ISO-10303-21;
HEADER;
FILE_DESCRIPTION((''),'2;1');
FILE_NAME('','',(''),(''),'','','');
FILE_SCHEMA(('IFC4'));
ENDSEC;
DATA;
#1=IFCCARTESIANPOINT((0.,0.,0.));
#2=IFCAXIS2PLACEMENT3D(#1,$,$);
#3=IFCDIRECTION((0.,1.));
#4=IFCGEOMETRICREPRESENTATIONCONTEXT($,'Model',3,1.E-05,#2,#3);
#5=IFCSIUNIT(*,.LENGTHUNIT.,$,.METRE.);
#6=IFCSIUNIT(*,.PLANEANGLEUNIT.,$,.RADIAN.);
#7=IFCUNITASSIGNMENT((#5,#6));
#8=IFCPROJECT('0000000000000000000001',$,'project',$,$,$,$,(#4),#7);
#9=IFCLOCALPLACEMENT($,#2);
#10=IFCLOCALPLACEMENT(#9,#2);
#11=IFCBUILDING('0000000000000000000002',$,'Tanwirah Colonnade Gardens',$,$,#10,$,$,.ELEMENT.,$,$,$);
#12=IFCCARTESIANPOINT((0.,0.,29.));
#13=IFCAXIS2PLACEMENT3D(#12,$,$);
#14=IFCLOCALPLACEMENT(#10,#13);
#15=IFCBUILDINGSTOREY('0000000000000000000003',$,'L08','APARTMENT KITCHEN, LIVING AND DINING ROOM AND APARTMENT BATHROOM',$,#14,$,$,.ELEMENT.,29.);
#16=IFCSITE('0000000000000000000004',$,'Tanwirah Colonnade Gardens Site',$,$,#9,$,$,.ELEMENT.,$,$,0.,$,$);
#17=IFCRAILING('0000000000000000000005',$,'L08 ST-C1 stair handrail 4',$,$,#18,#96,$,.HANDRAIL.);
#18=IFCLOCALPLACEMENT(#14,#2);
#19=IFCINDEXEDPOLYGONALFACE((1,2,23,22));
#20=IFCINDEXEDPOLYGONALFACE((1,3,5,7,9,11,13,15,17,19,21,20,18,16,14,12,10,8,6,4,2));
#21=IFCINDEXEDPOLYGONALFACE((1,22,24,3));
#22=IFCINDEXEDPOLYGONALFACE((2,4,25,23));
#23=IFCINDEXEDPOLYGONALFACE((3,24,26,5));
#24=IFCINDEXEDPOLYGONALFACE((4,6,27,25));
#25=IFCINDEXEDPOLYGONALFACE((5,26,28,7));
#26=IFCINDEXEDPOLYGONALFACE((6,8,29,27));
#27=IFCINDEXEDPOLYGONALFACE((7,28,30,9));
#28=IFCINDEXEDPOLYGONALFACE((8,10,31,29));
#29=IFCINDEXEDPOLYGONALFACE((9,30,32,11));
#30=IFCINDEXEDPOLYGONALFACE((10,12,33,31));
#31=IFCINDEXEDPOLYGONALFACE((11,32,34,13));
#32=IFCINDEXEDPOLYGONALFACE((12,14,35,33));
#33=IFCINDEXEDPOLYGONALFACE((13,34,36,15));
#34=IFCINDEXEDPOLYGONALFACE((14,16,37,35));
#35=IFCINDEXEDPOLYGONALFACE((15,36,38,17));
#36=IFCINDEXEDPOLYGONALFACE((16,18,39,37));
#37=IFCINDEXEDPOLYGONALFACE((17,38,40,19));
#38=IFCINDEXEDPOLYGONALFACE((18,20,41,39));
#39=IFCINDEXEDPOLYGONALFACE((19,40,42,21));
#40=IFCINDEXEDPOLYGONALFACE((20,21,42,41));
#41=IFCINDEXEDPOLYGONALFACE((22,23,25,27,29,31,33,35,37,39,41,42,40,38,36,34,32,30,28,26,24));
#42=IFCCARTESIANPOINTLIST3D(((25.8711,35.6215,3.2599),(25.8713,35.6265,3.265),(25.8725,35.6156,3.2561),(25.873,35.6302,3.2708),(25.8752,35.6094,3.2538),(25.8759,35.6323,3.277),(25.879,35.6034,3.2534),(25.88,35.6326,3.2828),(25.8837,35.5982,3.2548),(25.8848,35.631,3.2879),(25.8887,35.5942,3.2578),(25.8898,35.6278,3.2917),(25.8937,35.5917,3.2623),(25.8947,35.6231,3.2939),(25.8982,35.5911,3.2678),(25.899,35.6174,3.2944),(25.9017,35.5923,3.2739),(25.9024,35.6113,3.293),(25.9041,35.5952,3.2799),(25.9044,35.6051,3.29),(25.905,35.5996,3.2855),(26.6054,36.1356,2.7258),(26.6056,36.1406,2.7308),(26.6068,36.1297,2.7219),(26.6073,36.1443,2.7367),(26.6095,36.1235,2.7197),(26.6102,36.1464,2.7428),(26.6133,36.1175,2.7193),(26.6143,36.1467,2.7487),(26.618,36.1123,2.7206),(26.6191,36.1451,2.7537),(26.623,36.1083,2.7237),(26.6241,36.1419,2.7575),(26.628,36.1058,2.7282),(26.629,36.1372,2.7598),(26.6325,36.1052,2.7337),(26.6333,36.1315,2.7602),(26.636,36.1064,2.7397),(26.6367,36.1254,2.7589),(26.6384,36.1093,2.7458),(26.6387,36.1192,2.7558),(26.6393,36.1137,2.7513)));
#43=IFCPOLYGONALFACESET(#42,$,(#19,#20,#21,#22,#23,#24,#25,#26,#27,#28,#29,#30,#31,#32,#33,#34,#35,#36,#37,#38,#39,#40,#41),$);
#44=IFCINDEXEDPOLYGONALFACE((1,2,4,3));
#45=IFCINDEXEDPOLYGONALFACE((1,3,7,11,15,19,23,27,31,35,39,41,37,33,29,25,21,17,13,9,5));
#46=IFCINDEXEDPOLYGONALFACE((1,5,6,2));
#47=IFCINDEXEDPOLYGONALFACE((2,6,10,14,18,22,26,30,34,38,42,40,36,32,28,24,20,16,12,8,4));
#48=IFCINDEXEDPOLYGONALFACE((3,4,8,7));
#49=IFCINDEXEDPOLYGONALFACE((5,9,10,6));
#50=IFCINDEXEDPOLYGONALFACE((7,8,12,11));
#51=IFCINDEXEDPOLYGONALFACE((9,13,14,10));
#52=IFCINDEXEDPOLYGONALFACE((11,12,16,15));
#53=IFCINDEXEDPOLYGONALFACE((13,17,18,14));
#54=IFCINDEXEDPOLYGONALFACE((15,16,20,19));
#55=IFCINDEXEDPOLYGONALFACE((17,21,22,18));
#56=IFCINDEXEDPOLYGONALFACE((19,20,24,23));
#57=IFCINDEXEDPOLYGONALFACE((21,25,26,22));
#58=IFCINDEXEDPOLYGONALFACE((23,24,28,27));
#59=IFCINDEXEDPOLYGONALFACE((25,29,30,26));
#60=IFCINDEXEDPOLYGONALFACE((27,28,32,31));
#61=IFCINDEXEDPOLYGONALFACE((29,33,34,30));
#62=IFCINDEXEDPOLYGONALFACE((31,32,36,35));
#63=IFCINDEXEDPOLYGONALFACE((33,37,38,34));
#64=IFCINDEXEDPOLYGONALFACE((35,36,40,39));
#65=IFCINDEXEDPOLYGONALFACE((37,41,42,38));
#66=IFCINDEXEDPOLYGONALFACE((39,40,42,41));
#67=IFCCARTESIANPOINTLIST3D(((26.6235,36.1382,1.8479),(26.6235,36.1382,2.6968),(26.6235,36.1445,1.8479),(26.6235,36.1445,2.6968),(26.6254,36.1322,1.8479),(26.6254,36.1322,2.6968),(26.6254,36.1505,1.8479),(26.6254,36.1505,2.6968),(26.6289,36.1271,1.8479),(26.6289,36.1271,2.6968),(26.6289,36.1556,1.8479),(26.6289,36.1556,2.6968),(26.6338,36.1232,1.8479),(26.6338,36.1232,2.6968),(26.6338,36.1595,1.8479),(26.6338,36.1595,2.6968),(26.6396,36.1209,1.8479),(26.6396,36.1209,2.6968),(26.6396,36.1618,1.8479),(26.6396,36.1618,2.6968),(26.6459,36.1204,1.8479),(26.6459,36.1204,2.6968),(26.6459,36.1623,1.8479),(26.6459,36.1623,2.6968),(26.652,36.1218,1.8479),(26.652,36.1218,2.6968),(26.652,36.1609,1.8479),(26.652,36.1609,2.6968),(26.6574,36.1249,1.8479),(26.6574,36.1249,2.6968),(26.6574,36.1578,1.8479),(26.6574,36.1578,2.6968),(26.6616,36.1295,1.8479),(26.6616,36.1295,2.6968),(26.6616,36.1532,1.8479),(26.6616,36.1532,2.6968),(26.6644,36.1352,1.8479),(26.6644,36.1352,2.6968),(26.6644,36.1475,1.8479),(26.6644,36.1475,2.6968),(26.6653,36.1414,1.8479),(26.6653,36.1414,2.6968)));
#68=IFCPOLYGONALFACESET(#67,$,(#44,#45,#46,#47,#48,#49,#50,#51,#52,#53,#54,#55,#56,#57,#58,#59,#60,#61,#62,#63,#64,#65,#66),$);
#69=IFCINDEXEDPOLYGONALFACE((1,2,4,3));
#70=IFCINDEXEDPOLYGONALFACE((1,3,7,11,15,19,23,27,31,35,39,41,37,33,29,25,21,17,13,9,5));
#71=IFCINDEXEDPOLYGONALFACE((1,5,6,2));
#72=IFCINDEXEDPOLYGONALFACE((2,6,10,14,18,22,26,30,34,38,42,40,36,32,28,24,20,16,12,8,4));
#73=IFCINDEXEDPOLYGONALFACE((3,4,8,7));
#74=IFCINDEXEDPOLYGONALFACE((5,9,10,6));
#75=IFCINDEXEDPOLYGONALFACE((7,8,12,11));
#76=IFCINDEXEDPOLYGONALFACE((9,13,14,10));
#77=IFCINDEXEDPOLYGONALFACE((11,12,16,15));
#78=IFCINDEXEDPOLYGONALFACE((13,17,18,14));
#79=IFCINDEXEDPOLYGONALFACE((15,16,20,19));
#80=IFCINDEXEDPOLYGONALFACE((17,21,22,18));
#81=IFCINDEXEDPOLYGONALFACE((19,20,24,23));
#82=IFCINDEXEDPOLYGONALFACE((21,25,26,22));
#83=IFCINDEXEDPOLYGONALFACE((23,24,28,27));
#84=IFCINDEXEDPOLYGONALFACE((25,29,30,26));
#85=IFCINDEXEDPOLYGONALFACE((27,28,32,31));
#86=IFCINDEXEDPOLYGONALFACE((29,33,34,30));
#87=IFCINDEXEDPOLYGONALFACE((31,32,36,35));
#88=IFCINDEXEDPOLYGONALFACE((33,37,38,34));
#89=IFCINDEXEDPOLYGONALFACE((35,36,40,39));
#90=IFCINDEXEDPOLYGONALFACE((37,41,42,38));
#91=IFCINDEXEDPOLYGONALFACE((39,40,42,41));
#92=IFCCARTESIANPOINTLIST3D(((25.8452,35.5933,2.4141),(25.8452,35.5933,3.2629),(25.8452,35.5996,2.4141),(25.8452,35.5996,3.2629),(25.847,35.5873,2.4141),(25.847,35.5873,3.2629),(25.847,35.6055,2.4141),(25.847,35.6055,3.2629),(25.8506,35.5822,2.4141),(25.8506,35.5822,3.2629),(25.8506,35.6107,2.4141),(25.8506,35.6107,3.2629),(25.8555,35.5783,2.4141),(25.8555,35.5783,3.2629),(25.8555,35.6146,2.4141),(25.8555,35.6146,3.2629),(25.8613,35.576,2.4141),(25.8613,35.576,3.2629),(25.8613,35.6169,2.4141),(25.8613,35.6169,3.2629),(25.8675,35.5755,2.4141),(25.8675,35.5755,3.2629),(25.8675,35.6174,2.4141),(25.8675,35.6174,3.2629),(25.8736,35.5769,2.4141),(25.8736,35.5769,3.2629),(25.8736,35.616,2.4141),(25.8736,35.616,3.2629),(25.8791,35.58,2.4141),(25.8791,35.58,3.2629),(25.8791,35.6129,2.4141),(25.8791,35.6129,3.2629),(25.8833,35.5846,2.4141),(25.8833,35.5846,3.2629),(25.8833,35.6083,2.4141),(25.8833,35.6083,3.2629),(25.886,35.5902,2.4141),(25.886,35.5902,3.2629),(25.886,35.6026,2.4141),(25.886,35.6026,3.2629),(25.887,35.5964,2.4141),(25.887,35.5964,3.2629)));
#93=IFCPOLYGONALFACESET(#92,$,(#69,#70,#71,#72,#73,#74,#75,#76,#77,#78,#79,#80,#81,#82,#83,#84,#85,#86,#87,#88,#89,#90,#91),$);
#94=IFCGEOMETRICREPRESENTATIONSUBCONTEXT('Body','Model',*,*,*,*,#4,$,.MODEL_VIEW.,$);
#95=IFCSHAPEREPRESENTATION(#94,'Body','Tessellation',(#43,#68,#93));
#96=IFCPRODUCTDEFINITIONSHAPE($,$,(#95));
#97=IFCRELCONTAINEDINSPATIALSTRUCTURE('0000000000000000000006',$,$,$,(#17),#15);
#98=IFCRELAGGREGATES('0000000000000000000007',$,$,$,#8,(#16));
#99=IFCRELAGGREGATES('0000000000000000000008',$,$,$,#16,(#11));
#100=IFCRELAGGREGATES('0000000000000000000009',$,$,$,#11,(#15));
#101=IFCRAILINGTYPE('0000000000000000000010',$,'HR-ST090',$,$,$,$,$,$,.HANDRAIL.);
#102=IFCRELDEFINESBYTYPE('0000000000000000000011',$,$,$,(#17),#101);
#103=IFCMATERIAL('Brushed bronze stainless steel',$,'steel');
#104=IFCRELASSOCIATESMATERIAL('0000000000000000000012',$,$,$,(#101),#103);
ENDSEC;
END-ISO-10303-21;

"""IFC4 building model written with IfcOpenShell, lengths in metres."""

from ifc_helpers import new_model, si_unit, direction, frame, origin, origin_2d, place, context, subcontext, project, spatial, circle, extrude, material, type_object, element, save


model = new_model("IFC4")

# Units and contexts
model_context = context("Model", 3, precision=1e-05, world=origin(), true_north=direction((0.0, 1.0)))
body_context = subcontext(model_context, "Body", "Model", "MODEL_VIEW")
ifc_project = project(units=[si_unit("LENGTHUNIT", "METRE"), si_unit("PLANEANGLEUNIT", "RADIAN")], contexts=[model_context])

# Site, building, storey
site_placement = place(None, origin())
site = spatial("IfcSite", under=ifc_project, at=site_placement, Name="Tanwirah Colonnade Gardens Site", CompositionType="ELEMENT", RefElevation=0.0)
building_placement = place(site_placement, origin())
building = spatial("IfcBuilding", under=site, at=building_placement, Name="Tanwirah Colonnade Gardens", CompositionType="ELEMENT")
storey_placement = place(building_placement, frame((0.0, 0.0, 29.0)))
storey = spatial("IfcBuildingStorey", under=building, at=storey_placement, Name="L08", Description="APARTMENT KITCHEN, LIVING AND DINING ROOM AND APARTMENT BATHROOM", CompositionType="ELEMENT", Elevation=29.0)

# Railing
ifc_material_1 = material(Name="Brushed bronze stainless steel", Category="steel")
railing_type_1 = type_object("IfcRailingType", Name="HR-ST090", PredefinedType="HANDRAIL", material=ifc_material_1)
railing_1_placement = place(storey_placement, frame((26.6443, 36.1414, 1.8479)))
element("IfcRailing", 1, at=railing_1_placement, inside=storey, type_object=railing_type_1, Name="L08 ST-C1 stair handrail 4", PredefinedType="HANDRAIL", context=body_context, shape_type="SweptSolid", body=[
    extrude(circle(Radius=0.0239, at=origin_2d()), frame((-0.022, -0.0154, 0.8918), z_axis=(-0.703718, -0.492691, 0.511895), x_axis=(0.573531, -0.819184, 0.0)), (0.0, 0.0, 1.0), 1.0435),
    extrude(circle(Radius=0.021, at=origin_2d()), origin(), (0.0, 0.0, 1.0), 0.8489),
    extrude(circle(Radius=0.021, at=origin_2d()), frame((-0.7783, -0.5449, 0.5662)), (0.0, 0.0, 1.0), 0.8489),
])

save(model, "model.ifc")
